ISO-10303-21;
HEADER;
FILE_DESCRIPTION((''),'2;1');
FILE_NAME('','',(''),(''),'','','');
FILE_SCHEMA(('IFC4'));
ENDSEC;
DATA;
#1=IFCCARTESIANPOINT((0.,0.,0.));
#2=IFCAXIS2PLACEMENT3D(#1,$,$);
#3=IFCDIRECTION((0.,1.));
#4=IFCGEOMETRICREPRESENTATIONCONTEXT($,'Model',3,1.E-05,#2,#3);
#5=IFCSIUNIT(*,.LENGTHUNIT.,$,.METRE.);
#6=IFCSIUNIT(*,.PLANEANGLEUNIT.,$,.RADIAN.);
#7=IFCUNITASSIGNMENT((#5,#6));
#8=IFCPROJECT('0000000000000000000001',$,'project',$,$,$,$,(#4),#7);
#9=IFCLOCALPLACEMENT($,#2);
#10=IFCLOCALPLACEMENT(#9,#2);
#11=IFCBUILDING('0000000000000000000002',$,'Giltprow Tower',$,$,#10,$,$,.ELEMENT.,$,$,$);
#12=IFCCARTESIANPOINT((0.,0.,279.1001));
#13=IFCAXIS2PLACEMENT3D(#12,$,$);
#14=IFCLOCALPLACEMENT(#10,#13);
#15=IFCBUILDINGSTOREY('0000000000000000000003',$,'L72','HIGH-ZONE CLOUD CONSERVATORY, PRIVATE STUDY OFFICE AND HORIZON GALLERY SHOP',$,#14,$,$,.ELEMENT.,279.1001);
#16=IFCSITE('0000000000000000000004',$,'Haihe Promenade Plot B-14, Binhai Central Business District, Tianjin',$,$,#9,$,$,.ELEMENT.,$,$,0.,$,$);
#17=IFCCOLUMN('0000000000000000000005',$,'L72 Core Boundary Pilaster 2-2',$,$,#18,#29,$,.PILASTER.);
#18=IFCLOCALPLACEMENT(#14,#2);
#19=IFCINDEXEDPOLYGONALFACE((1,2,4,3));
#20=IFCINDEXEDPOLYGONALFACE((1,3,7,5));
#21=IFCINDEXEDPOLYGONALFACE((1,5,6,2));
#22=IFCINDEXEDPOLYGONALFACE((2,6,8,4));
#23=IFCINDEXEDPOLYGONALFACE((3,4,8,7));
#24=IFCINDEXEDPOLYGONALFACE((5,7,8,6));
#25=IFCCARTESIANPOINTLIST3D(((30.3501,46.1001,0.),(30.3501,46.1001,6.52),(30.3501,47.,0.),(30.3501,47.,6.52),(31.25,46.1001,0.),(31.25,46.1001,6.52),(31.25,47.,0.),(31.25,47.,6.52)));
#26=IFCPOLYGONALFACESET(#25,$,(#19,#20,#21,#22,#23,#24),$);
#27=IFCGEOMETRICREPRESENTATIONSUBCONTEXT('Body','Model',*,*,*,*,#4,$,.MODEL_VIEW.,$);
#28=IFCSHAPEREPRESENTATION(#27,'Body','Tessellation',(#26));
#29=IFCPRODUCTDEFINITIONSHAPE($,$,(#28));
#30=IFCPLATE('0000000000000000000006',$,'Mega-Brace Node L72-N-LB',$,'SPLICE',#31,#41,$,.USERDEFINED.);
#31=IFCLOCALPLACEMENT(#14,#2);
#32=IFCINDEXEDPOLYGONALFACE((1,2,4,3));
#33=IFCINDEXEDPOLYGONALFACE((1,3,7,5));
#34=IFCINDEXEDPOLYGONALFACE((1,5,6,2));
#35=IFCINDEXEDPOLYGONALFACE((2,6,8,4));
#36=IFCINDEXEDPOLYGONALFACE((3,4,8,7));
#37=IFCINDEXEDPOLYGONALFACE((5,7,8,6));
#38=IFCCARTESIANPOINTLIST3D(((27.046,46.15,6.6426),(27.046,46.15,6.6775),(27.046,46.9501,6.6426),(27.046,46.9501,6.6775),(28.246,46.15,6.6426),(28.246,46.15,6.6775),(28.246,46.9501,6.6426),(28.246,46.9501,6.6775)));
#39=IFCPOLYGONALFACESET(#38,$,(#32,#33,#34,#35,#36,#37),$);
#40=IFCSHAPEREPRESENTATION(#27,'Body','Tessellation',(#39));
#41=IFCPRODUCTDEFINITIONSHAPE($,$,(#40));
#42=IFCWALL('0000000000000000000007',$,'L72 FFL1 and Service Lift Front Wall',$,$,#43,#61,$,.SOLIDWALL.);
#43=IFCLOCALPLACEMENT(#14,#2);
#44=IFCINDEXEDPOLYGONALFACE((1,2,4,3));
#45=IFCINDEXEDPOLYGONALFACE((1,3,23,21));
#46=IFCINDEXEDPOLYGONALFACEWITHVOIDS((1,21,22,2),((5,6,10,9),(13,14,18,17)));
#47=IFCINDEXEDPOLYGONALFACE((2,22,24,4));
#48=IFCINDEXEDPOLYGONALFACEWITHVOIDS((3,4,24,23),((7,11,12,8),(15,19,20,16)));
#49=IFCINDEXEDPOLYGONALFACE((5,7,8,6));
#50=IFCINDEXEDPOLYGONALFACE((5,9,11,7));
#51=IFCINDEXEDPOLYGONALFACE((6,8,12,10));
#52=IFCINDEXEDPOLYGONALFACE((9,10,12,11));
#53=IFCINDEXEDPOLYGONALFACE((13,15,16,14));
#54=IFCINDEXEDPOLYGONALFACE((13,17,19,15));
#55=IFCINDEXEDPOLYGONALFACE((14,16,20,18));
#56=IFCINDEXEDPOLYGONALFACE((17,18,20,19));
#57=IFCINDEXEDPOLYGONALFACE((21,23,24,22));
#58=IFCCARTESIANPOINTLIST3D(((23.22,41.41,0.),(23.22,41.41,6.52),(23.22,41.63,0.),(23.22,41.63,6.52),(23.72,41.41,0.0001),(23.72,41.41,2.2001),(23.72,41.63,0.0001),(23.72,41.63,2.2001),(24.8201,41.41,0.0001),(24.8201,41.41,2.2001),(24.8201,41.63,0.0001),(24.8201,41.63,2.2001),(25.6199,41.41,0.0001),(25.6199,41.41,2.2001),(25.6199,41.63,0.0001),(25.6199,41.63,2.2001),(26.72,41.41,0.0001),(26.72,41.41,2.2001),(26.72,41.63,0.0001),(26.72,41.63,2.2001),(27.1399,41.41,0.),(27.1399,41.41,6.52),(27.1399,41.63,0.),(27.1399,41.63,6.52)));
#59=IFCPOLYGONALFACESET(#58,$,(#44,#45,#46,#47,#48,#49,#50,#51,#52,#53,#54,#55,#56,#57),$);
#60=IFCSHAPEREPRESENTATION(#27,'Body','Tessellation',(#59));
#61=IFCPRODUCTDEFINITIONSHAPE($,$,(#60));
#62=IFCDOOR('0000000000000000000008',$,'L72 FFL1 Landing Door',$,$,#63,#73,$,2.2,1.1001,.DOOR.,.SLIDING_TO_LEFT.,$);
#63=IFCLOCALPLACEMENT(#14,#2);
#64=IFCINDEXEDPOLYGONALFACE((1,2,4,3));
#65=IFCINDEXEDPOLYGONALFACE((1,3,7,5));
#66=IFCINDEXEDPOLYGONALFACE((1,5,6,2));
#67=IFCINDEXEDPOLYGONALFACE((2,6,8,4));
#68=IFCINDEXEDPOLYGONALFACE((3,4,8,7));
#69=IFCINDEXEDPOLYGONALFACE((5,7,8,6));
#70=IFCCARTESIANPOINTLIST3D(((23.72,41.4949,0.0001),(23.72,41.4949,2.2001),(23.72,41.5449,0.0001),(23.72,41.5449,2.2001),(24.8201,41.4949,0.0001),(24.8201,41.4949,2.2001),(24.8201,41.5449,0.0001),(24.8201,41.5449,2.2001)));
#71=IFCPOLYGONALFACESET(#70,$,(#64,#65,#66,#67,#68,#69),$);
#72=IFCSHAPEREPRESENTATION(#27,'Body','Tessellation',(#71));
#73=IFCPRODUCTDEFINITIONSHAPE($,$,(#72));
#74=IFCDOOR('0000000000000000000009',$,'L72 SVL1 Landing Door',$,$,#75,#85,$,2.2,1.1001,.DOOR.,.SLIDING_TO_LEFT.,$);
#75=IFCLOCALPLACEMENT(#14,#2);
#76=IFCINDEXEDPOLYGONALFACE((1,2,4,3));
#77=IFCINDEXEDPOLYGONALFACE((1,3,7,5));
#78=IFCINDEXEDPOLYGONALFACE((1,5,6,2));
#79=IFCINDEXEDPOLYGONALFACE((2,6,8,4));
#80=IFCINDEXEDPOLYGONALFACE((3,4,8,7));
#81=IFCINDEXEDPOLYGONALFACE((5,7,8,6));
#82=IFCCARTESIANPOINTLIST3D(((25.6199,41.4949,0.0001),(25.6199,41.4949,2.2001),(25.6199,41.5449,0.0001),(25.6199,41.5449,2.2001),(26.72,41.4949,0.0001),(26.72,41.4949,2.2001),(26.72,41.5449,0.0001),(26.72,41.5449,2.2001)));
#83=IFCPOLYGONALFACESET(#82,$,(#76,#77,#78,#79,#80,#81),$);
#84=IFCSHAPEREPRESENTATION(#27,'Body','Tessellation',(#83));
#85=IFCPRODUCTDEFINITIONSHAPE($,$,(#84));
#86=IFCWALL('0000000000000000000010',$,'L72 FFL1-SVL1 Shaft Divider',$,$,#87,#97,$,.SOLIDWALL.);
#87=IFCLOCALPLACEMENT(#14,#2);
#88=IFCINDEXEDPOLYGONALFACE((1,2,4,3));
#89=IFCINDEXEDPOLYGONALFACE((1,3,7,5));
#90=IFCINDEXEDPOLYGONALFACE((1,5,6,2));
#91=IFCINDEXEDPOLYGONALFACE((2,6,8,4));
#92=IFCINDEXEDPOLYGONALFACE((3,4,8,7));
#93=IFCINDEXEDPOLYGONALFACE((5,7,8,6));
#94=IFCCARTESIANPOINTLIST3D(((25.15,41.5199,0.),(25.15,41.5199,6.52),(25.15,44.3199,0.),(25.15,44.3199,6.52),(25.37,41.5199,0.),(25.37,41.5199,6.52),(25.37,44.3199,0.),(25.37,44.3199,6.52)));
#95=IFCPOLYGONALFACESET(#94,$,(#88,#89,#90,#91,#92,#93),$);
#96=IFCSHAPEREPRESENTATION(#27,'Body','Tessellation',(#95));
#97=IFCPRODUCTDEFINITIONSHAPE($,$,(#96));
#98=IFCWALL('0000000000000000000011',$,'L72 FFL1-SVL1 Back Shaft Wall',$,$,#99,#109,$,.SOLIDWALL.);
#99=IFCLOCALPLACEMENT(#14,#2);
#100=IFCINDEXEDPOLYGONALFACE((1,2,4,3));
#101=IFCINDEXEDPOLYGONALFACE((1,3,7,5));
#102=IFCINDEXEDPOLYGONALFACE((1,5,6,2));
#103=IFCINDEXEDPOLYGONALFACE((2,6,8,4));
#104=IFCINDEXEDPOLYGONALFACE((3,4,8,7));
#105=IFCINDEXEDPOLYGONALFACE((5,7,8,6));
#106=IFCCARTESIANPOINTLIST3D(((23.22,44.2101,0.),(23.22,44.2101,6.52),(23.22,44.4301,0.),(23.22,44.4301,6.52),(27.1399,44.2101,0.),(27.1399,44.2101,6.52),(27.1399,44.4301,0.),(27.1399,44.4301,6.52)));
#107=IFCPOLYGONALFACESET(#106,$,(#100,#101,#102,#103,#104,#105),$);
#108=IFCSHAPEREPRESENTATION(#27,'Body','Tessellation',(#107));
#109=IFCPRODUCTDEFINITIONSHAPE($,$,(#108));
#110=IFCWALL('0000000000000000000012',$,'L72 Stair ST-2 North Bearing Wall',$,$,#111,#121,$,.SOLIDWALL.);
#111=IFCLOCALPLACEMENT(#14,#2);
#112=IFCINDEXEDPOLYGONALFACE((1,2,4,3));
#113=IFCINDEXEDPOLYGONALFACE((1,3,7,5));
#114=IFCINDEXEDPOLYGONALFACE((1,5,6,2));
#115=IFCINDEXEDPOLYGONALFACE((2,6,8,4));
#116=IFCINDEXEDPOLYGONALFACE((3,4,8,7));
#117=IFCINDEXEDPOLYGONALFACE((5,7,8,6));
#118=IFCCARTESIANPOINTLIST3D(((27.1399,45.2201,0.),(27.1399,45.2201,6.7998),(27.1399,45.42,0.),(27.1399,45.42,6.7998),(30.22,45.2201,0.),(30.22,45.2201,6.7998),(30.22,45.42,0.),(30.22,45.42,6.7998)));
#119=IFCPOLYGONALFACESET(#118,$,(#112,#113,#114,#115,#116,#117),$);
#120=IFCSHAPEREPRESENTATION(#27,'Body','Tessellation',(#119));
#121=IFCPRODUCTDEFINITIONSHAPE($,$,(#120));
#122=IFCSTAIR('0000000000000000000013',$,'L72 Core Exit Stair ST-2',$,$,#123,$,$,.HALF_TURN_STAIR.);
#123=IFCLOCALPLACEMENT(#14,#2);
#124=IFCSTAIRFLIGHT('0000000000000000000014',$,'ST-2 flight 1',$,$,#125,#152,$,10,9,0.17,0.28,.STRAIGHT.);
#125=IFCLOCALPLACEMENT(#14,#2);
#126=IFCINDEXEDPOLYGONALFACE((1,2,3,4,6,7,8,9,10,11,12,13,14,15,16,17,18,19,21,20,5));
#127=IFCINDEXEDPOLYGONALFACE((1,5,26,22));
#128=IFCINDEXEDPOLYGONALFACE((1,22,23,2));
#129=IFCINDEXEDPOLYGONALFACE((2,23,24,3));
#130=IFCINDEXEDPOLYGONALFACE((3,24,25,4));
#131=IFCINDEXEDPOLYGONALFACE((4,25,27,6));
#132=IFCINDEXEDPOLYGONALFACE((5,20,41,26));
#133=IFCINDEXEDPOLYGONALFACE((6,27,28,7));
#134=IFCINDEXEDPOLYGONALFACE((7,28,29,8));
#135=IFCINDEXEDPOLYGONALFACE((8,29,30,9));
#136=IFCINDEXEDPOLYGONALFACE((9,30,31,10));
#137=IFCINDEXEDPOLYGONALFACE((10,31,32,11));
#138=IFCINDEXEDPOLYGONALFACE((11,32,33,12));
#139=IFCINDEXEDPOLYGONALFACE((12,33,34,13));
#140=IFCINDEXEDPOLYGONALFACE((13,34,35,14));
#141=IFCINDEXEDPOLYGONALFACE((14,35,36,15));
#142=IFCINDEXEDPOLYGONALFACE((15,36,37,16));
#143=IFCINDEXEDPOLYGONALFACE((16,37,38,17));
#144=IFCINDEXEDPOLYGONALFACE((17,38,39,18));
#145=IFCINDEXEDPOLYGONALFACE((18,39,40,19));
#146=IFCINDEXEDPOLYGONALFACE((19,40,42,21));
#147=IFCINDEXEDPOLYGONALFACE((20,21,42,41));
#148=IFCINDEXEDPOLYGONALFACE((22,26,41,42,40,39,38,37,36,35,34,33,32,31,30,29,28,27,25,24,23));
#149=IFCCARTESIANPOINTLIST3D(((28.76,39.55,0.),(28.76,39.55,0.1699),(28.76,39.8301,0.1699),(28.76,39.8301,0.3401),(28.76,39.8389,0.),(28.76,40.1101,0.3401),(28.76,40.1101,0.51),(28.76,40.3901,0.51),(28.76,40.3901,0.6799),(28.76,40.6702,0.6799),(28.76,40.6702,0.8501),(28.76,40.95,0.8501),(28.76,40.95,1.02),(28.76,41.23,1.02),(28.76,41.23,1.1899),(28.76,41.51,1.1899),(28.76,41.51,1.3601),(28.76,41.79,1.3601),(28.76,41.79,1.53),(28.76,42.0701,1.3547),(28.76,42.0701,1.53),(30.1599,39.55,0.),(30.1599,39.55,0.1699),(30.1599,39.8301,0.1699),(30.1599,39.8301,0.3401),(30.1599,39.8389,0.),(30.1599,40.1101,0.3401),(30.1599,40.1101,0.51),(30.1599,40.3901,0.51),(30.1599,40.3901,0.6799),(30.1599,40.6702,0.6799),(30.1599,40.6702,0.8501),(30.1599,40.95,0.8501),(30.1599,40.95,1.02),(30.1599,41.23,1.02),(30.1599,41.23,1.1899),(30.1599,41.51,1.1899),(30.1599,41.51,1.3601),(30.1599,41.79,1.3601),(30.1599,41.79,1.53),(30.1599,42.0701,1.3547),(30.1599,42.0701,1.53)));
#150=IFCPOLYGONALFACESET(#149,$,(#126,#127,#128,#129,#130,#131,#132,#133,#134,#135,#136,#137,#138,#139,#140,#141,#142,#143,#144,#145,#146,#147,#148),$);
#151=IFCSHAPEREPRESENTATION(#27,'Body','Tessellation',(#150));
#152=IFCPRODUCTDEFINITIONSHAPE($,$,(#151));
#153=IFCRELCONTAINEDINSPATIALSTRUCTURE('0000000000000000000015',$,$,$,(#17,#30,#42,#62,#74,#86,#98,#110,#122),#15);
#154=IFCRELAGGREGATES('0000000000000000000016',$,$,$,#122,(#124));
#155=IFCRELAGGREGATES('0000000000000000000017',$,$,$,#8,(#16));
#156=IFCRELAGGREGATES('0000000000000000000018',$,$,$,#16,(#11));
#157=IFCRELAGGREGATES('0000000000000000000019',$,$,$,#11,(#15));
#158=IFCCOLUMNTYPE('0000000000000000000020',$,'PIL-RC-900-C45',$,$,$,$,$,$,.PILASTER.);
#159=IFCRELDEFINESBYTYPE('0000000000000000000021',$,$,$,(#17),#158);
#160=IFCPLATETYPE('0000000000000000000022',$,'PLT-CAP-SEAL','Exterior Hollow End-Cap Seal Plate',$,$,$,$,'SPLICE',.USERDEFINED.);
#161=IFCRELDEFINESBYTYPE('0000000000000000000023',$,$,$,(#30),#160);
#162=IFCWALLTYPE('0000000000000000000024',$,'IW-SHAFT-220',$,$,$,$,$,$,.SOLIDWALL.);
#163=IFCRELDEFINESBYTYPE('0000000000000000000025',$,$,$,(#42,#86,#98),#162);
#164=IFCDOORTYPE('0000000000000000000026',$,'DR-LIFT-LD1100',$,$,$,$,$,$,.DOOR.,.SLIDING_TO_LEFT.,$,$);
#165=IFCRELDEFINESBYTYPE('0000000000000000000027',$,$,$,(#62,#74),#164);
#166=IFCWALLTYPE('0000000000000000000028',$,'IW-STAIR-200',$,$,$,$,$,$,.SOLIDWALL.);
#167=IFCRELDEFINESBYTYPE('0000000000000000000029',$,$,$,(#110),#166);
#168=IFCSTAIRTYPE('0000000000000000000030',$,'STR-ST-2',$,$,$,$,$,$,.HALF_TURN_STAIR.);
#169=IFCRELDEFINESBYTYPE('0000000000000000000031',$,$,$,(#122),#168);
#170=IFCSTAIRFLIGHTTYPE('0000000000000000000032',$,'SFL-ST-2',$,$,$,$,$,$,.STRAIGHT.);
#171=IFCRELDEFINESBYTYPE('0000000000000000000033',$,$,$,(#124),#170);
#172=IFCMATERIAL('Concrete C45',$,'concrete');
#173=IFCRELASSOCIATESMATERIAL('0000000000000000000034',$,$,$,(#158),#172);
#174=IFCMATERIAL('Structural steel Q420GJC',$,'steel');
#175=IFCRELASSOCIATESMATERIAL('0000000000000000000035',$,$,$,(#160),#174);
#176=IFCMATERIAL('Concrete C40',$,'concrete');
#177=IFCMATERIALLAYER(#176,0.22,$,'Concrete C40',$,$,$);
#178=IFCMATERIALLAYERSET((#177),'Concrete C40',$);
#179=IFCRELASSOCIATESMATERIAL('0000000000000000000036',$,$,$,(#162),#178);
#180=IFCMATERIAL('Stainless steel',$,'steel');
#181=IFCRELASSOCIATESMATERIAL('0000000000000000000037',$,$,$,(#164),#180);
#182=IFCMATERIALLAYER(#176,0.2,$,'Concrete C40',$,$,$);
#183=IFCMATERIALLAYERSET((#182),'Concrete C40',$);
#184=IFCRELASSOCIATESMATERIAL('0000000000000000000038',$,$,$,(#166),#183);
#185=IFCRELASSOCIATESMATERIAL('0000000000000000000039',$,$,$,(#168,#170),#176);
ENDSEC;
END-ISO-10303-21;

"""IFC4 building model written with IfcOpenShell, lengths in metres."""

from ifc_helpers import new_model, si_unit, direction, frame, frame_2d, origin, origin_2d, place, context, subcontext, project, spatial, polyline, rectangle, outline, extrude, source, transform, mapped, material, layer, layer_set, material_profile, profile_set, type_object, element, fill, aggregate, save


model = new_model("IFC4")

# Units and contexts
model_context = context("Model", 3, precision=1e-05, world=origin(), true_north=direction((0.0, 1.0)))
body_context = subcontext(model_context, "Body", "Model", "MODEL_VIEW")
ifc_project = project(units=[si_unit("LENGTHUNIT", "METRE"), si_unit("PLANEANGLEUNIT", "RADIAN")], contexts=[model_context])

# Site, building, storey
site_placement = place(None, origin())
site = spatial("IfcSite", under=ifc_project, at=site_placement, Name="Haihe Promenade Plot B-14, Binhai Central Business District, Tianjin", CompositionType="ELEMENT", RefElevation=0.0)
building_placement = place(site_placement, origin())
building = spatial("IfcBuilding", under=site, at=building_placement, Name="Giltprow Tower", CompositionType="ELEMENT")
storey_placement = place(building_placement, frame((0.0, 0.0, 279.1001)))
storey = spatial("IfcBuildingStorey", under=building, at=storey_placement, Name="L72", Description="HIGH-ZONE CLOUD CONSERVATORY, PRIVATE STUDY OFFICE AND HORIZON GALLERY SHOP", CompositionType="ELEMENT", Elevation=279.1001)

# Column
ifc_material_1 = material(Name="Concrete C45", Category="concrete")
ifc_material_profile = material_profile(ifc_material_1, rectangle(XDim=0.8999, YDim=0.8999, at=origin_2d()), Name="RC 900x900")
ifc_profile_set = profile_set([ifc_material_profile], Name="Concrete C45")
column_type = type_object("IfcColumnType", Name="PIL-RC-900-C45", PredefinedType="PILASTER", material=ifc_profile_set)
shared_shape_1 = source(origin(), body_context, "Body", "SweptSolid", [
    extrude(rectangle(XDim=0.8999, YDim=0.8999, at=origin_2d()), origin(), (0.0, 0.0, 1.0), 6.52),
])
column_placement = place(storey_placement, frame((30.8, 46.55, 0.0), z_axis=(0.0, 0.0, 1.0), x_axis=(1.0, 0.0, 0.0)))
element("IfcColumn", 1, at=column_placement, inside=storey, type_object=column_type, Name="L72 Core Boundary Pilaster 2-2", PredefinedType="PILASTER", context=body_context, shape_type="MappedRepresentation", body=[
    mapped(shared_shape_1, transform((0.0, 0.0, 0.0), x_axis=(1.0, 0.0, 0.0), y_axis=(0.0, 1.0, 0.0), z_axis=(0.0, 0.0, 1.0), scale=1.0)),
])

# Plate
ifc_material_2 = material(Name="Structural steel Q420GJC", Category="steel")
plate_type = type_object("IfcPlateType", Name="PLT-CAP-SEAL", Description="Exterior Hollow End-Cap Seal Plate", ElementType="SPLICE", PredefinedType="USERDEFINED", material=ifc_material_2)
shared_shape_2 = source(origin(), body_context, "Body", "SweptSolid", [
    extrude(rectangle(XDim=1.2, YDim=0.8, at=origin_2d()), origin(), (0.0, 0.0, 1.0), 0.0349),
])
plate_placement = place(storey_placement, frame((27.646, 46.55, 6.6426), z_axis=(0.0, 0.0, 1.0), x_axis=(1.0, 0.0, 0.0)))
element("IfcPlate", 2, at=plate_placement, inside=storey, type_object=plate_type, Name="Mega-Brace Node L72-N-LB", ObjectType="SPLICE", PredefinedType="USERDEFINED", context=body_context, shape_type="MappedRepresentation", body=[
    mapped(shared_shape_2, transform((0.0, 0.0, 0.0), x_axis=(1.0, 0.0, 0.0), y_axis=(0.0, 1.0, 0.0), z_axis=(0.0, 0.0, 1.0), scale=1.0)),
])

# Wall, openings, doors
ifc_material_3 = material(Name="Concrete C40", Category="concrete")
ifc_layer_1 = layer(ifc_material_3, 0.22, Name="Concrete C40")
ifc_layer_set_1 = layer_set([ifc_layer_1], Name="Concrete C40")
wall_type_1 = type_object("IfcWallType", Name="IW-SHAFT-220", PredefinedType="SOLIDWALL", material=ifc_layer_set_1)
wall_1_placement = place(storey_placement, frame((23.22, 41.52, 0.0), z_axis=(0.0, 0.0, 1.0), x_axis=(1.0, 0.0, 0.0)))
wall_1 = element("IfcWall", 3, at=wall_1_placement, inside=storey, type_object=wall_type_1, Name="L72 FFL1 and Service Lift Front Wall", PredefinedType="SOLIDWALL", context=body_context, shape_type="SweptSolid", body=[
    extrude(rectangle(XDim=3.9199, YDim=0.22, at=frame_2d((1.96, 0.0))), origin(), (0.0, 0.0, 1.0), 6.52),
])
opening_1_placement = place(wall_1_placement, frame((0.5, 0.0, 0.0)))
opening_1 = element("IfcOpeningElement", 4, at=opening_1_placement, cuts=wall_1, PredefinedType="OPENING", context=body_context, shape_type="SweptSolid", body=[
    extrude(rectangle(XDim=1.1001, YDim=2.2, at=frame_2d((0.55, 1.1001))), frame((0.0, 0.1199, 0.0), z_axis=(0.0, -1.0, 0.0), x_axis=(1.0, 0.0, 0.0)), (0.0, 0.0, 1.0), 0.24),
])
opening_2_placement = place(wall_1_placement, frame((2.3999, 0.0, 0.0)))
opening_2 = element("IfcOpeningElement", 5, at=opening_2_placement, cuts=wall_1, PredefinedType="OPENING", context=body_context, shape_type="SweptSolid", body=[
    extrude(rectangle(XDim=1.1001, YDim=2.2, at=frame_2d((0.55, 1.1001))), frame((0.0, 0.1199, 0.0), z_axis=(0.0, -1.0, 0.0), x_axis=(1.0, 0.0, 0.0)), (0.0, 0.0, 1.0), 0.24),
])
ifc_material_4 = material(Name="Stainless steel", Category="steel")
door_type = type_object("IfcDoorType", Name="DR-LIFT-LD1100", OperationType="SLIDING_TO_LEFT", PredefinedType="DOOR", material=ifc_material_4)
shared_shape_3 = source(origin(), body_context, "Body", "SweptSolid", [
    extrude(rectangle(XDim=1.1001, YDim=2.2, at=frame_2d((0.55, 1.1001))), frame((0.0, 0.0249, 0.0), z_axis=(0.0, -1.0, 0.0), x_axis=(1.0, 0.0, 0.0)), (0.0, 0.0, 1.0), 0.05),
])
door_1_placement = place(opening_1_placement, origin())
door_1 = element("IfcDoor", 6, at=door_1_placement, inside=storey, type_object=door_type, Name="L72 FFL1 Landing Door", OperationType="SLIDING_TO_LEFT", OverallHeight=2.2, OverallWidth=1.1001, PredefinedType="DOOR", context=body_context, shape_type="MappedRepresentation", body=[
    mapped(shared_shape_3, transform((0.0, 0.0, 0.0), x_axis=(1.0, 0.0, 0.0), y_axis=(0.0, 1.0, 0.0), z_axis=(0.0, 0.0, 1.0), scale=1.0)),
])
fill(opening_1, door_1)
door_2_placement = place(opening_2_placement, origin())
door_2 = element("IfcDoor", 7, at=door_2_placement, inside=storey, type_object=door_type, Name="L72 SVL1 Landing Door", OperationType="SLIDING_TO_LEFT", OverallHeight=2.2, OverallWidth=1.1001, PredefinedType="DOOR", context=body_context, shape_type="MappedRepresentation", body=[
    mapped(shared_shape_3, transform((0.0, 0.0, 0.0), x_axis=(1.0, 0.0, 0.0), y_axis=(0.0, 1.0, 0.0), z_axis=(0.0, 0.0, 1.0), scale=1.0)),
])
fill(opening_2, door_2)

# Walls
wall_2_placement = place(storey_placement, frame((25.26, 41.52, 0.0), z_axis=(0.0, 0.0, 1.0), x_axis=(0.0, 1.0, 0.0)))
element("IfcWall", 8, at=wall_2_placement, inside=storey, type_object=wall_type_1, Name="L72 FFL1-SVL1 Shaft Divider", PredefinedType="SOLIDWALL", context=body_context, shape_type="SweptSolid", body=[
    extrude(rectangle(XDim=2.8, YDim=0.22, at=frame_2d((1.3999, 0.0))), origin(), (0.0, 0.0, 1.0), 6.52),
])
wall_3_placement = place(storey_placement, frame((23.22, 44.3201, 0.0), z_axis=(0.0, 0.0, 1.0), x_axis=(1.0, 0.0, 0.0)))
element("IfcWall", 9, at=wall_3_placement, inside=storey, type_object=wall_type_1, Name="L72 FFL1-SVL1 Back Shaft Wall", PredefinedType="SOLIDWALL", context=body_context, shape_type="SweptSolid", body=[
    extrude(rectangle(XDim=3.9199, YDim=0.22, at=frame_2d((1.96, 0.0))), origin(), (0.0, 0.0, 1.0), 6.52),
])
ifc_layer_2 = layer(ifc_material_3, 0.2, Name="Concrete C40")
ifc_layer_set_2 = layer_set([ifc_layer_2], Name="Concrete C40")
wall_type_2 = type_object("IfcWallType", Name="IW-STAIR-200", PredefinedType="SOLIDWALL", material=ifc_layer_set_2)
wall_4_placement = place(storey_placement, frame((27.1399, 45.3201, 0.0), z_axis=(0.0, 0.0, 1.0), x_axis=(1.0, 0.0, 0.0)))
element("IfcWall", 10, at=wall_4_placement, inside=storey, type_object=wall_type_2, Name="L72 Stair ST-2 North Bearing Wall", PredefinedType="SOLIDWALL", context=body_context, shape_type="SweptSolid", body=[
    extrude(rectangle(XDim=3.0801, YDim=0.2, at=frame_2d((1.54, 0.0))), origin(), (0.0, 0.0, 1.0), 6.7998),
])

# Stair, stair flight
stair_type = type_object("IfcStairType", Name="STR-ST-2", PredefinedType="HALF_TURN_STAIR", material=ifc_material_3)
stair_placement = place(storey_placement, origin())
stair = element("IfcStair", 11, at=stair_placement, inside=storey, type_object=stair_type, Name="L72 Core Exit Stair ST-2", PredefinedType="HALF_TURN_STAIR")
stair_flight_type = type_object("IfcStairFlightType", Name="SFL-ST-2", PredefinedType="STRAIGHT", material=ifc_material_3)
stair_flight_1_placement = place(storey_placement, frame((29.46, 39.55, 0.0), z_axis=(0.0, 0.0, 1.0), x_axis=(0.0, 1.0, 0.0)))
stair_flight_1 = element("IfcStairFlight", 12, at=stair_flight_1_placement, type_object=stair_flight_type, Name="ST-2 flight 1", NumberOfRisers=10, NumberOfTreads=9, PredefinedType="STRAIGHT", RiserHeight=0.17, TreadLength=0.28, context=body_context, shape_type="SweptSolid", body=[
    extrude(outline(polyline([(0.0, 0.0), (0.0, 0.1699), (0.28, 0.1699), (0.28, 0.3401), (0.5601, 0.3401), (0.5601, 0.51), (0.8401, 0.51), (0.8401, 0.6799), (1.1201, 0.6799), (1.1201, 0.8501), (1.3999, 0.8501), (1.3999, 1.02), (1.6799, 1.02), (1.6799, 1.1899), (1.96, 1.1899), (1.96, 1.3601), (2.24, 1.3601), (2.24, 1.53), (2.52, 1.53), (2.52, 1.7), (2.52, 1.3547), (0.2888, 0.0), (0.0, 0.0)])), frame((0.0, 0.7, 0.0), z_axis=(0.0, -1.0, 0.0), x_axis=(1.0, 0.0, 0.0)), (0.0, 0.0, 1.0), 1.3999),
])
aggregate(stair, [stair_flight_1])

save(model, "model.ifc")
